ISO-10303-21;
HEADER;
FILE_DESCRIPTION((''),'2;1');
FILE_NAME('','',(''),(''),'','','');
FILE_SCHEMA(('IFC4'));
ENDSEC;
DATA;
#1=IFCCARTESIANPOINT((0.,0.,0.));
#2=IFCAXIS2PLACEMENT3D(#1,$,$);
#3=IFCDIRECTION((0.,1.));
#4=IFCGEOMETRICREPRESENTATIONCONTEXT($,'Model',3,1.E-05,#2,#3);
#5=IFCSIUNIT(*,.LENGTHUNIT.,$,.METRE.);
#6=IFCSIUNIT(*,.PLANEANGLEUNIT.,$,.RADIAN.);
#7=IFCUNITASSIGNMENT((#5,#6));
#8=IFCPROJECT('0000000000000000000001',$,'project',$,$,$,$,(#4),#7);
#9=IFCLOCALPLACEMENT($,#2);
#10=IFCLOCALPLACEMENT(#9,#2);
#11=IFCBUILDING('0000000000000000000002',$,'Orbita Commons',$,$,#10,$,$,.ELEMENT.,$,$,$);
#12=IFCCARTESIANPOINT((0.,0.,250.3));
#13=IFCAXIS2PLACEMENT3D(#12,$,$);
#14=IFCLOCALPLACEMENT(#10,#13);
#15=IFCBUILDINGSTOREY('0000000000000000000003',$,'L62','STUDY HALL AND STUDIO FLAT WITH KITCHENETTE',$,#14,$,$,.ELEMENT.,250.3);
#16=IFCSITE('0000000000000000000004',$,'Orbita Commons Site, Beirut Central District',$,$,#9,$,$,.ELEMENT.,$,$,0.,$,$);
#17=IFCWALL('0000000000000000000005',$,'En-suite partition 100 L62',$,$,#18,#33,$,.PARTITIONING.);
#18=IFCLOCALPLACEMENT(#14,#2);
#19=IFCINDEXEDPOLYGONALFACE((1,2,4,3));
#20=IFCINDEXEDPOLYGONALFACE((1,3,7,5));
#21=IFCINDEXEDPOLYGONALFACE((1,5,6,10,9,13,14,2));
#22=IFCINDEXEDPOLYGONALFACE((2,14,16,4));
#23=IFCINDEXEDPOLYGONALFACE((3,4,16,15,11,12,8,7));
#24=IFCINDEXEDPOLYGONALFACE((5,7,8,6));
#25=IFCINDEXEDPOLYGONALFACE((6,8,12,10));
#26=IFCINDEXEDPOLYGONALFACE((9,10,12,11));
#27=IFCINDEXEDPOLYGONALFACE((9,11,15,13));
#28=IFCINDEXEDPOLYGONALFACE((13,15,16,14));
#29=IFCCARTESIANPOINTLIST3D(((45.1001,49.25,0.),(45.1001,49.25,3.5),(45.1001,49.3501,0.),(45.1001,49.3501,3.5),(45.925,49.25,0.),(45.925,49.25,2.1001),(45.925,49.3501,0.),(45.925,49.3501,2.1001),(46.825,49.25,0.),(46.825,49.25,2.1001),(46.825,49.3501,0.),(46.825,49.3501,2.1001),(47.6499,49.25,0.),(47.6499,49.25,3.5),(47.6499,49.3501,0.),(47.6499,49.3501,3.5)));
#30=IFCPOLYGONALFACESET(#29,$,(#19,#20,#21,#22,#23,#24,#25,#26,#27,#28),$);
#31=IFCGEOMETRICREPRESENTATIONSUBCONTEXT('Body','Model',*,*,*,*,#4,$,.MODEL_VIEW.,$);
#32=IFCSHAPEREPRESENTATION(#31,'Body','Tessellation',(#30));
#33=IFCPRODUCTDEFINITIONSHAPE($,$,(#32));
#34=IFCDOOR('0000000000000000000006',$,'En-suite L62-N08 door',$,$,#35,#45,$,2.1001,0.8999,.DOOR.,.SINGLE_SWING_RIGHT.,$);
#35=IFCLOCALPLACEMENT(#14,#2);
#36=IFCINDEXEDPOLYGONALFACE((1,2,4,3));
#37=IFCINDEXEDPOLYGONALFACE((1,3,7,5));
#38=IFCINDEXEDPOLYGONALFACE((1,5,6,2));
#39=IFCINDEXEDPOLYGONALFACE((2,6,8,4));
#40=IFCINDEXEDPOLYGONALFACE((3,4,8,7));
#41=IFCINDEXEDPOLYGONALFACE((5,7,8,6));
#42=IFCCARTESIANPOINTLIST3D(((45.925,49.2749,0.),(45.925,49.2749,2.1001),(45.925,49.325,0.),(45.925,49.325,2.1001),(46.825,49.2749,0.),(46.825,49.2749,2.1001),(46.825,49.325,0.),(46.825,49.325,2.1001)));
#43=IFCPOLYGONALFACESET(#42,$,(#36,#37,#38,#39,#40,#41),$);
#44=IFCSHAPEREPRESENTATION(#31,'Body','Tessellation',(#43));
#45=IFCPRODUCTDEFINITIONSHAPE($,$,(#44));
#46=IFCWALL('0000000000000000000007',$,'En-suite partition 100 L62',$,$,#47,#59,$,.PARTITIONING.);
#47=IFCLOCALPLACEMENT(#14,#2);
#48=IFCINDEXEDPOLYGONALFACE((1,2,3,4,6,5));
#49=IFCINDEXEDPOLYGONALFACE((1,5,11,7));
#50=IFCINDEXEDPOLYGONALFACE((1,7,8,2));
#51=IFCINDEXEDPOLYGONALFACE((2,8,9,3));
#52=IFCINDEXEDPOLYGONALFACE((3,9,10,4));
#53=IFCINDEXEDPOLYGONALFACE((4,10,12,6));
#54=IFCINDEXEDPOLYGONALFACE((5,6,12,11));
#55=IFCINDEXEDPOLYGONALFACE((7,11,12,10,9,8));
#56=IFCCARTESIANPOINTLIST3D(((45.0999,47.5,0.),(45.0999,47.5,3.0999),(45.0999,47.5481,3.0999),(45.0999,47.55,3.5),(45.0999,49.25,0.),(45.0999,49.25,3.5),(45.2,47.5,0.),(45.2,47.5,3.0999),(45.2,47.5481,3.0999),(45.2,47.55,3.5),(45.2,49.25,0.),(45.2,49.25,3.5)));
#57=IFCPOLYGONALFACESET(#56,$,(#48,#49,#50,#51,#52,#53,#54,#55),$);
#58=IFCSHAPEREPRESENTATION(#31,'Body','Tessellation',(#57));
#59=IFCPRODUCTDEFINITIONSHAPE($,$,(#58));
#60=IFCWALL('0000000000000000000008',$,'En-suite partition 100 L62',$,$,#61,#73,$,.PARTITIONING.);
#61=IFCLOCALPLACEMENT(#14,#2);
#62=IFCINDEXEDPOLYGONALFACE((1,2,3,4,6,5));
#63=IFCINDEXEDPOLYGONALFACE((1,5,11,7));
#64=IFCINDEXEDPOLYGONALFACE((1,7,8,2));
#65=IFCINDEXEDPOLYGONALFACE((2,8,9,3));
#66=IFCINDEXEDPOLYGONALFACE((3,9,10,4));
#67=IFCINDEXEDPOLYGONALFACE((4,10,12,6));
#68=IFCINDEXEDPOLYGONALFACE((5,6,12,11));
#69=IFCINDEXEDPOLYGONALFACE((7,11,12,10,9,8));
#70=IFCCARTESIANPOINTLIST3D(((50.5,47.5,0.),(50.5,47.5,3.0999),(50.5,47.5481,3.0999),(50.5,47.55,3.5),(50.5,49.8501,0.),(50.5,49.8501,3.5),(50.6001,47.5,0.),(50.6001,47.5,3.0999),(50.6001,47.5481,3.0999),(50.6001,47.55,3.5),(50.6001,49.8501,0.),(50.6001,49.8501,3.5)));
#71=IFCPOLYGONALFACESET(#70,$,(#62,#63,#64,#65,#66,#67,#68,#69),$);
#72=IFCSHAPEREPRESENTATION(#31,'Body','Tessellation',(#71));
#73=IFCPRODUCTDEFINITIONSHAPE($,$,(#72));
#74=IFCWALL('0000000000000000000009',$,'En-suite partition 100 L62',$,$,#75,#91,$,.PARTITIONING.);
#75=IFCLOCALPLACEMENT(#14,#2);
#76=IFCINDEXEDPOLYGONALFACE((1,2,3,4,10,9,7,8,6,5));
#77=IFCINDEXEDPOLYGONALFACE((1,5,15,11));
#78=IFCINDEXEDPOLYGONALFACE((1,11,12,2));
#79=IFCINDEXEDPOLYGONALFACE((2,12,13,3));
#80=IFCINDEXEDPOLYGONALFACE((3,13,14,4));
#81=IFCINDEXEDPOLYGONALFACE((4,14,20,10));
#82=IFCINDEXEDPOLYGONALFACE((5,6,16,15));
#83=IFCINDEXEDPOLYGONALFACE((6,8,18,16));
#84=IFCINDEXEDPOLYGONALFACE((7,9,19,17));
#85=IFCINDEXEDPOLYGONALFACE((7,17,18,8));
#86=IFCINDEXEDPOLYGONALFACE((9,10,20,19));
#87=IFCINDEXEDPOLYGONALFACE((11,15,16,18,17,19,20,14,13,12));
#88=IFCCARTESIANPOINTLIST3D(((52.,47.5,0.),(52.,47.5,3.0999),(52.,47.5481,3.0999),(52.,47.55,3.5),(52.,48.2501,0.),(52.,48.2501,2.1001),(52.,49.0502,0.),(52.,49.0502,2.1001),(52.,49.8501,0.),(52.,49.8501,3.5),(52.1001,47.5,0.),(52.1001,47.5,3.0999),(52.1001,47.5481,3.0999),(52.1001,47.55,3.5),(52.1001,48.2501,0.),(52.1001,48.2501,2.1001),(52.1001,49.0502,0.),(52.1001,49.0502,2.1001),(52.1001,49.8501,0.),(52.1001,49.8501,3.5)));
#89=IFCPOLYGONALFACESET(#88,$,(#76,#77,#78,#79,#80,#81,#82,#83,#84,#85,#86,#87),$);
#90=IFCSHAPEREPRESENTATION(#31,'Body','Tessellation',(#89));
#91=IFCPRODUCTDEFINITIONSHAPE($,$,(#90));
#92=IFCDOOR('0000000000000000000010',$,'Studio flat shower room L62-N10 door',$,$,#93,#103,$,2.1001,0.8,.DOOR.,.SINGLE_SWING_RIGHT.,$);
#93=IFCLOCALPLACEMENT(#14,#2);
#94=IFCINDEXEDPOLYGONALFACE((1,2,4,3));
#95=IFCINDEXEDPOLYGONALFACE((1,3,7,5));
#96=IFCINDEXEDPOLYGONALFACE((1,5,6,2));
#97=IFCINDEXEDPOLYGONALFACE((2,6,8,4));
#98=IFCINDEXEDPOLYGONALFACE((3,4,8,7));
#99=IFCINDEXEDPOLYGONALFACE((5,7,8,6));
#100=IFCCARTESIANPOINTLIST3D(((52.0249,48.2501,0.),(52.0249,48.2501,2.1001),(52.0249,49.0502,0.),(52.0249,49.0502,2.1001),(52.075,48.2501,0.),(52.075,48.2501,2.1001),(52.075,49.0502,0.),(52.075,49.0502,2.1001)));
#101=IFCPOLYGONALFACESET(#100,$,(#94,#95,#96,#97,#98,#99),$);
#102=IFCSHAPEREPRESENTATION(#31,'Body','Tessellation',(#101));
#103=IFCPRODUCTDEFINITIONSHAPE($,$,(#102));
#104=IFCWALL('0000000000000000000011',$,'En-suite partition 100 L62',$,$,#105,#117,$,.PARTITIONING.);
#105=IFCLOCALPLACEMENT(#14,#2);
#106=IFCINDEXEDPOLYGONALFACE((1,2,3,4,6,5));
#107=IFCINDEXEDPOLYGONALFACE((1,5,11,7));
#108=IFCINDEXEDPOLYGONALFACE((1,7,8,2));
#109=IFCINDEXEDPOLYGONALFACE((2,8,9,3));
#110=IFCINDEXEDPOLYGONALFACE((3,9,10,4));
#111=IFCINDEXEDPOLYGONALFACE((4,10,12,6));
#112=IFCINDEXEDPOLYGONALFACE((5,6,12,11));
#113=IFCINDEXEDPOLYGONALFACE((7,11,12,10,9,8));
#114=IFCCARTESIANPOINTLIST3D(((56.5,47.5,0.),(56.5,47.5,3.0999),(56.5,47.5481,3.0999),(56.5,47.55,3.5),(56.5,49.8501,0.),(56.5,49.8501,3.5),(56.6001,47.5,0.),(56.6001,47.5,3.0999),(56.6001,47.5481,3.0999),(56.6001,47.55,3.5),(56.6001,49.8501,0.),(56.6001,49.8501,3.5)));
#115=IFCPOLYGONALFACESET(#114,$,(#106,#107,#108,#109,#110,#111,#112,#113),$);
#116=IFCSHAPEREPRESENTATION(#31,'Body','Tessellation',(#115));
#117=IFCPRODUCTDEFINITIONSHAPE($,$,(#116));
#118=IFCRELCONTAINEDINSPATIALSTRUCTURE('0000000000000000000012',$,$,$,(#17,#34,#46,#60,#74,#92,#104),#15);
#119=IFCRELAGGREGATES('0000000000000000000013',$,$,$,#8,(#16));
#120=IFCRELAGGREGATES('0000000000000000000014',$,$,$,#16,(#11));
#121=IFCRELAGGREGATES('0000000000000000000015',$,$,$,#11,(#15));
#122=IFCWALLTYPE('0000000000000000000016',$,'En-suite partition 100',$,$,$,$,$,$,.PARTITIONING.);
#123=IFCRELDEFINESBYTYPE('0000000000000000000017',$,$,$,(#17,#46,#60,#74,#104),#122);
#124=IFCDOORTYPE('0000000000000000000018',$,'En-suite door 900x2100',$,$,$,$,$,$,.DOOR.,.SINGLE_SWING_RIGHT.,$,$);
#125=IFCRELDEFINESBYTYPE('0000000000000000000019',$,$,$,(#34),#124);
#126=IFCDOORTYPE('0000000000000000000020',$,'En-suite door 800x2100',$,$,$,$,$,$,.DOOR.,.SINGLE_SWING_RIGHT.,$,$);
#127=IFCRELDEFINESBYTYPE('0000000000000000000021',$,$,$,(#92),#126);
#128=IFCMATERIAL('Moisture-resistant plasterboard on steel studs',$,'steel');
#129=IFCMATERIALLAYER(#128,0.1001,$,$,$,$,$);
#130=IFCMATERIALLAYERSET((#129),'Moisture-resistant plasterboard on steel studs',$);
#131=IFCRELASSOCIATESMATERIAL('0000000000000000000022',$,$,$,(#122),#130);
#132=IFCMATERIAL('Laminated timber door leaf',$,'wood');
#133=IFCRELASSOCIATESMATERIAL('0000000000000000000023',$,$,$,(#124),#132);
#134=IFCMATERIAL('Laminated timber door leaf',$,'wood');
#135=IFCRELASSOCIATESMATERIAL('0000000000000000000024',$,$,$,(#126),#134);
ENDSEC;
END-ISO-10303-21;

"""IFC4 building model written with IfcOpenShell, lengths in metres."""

from ifc_helpers import new_model, si_unit, direction, frame, frame_2d, origin, place, context, subcontext, project, spatial, polyline, rectangle, outline, extrude, material, layer, layer_set, type_object, element, fill, save


model = new_model("IFC4")

# Units and contexts
model_context = context("Model", 3, precision=1e-05, world=origin(), true_north=direction((0.0, 1.0)))
body_context = subcontext(model_context, "Body", "Model", "MODEL_VIEW")
ifc_project = project(units=[si_unit("LENGTHUNIT", "METRE"), si_unit("PLANEANGLEUNIT", "RADIAN")], contexts=[model_context])

# Site, building, storey
site_placement = place(None, origin())
site = spatial("IfcSite", under=ifc_project, at=site_placement, Name="Orbita Commons Site, Beirut Central District", CompositionType="ELEMENT", RefElevation=0.0)
building_placement = place(site_placement, origin())
building = spatial("IfcBuilding", under=site, at=building_placement, Name="Orbita Commons", CompositionType="ELEMENT")
storey_placement = place(building_placement, frame((0.0, 0.0, 250.3)))
storey = spatial("IfcBuildingStorey", under=building, at=storey_placement, Name="L62", Description="STUDY HALL AND STUDIO FLAT WITH KITCHENETTE", CompositionType="ELEMENT", Elevation=250.3)

# Wall, opening, door
ifc_material_1 = material(Name="Moisture-resistant plasterboard on steel studs", Category="steel")
ifc_layer_1 = layer(ifc_material_1, 0.1001)
ifc_layer_set_1 = layer_set([ifc_layer_1], Name="Moisture-resistant plasterboard on steel studs")
wall_type_1 = type_object("IfcWallType", Name="En-suite partition 100", PredefinedType="PARTITIONING", material=ifc_layer_set_1)
wall_1_placement = place(storey_placement, frame((45.1001, 49.3, 0.0), z_axis=(0.0, 0.0, 1.0), x_axis=(1.0, 0.0, 0.0)))
wall_1 = element("IfcWall", 1, at=wall_1_placement, inside=storey, type_object=wall_type_1, Name="En-suite partition 100 L62", PredefinedType="PARTITIONING", context=body_context, shape_type="SweptSolid", body=[
    extrude(rectangle(XDim=2.5498, YDim=0.1001, at=frame_2d((1.2749, 0.0))), origin(), (0.0, 0.0, 1.0), 3.5),
])
opening_1_placement = place(wall_1_placement, frame((0.825, 0.0, 0.0)))
opening_1 = element("IfcOpeningElement", 2, at=opening_1_placement, cuts=wall_1, PredefinedType="OPENING", context=body_context, shape_type="SweptSolid", body=[
    extrude(rectangle(XDim=0.8999, YDim=2.1001, at=frame_2d((0.45, 1.05))), frame((0.0, 0.0601, 0.0), z_axis=(0.0, -1.0, 0.0), x_axis=(1.0, 0.0, 0.0)), (0.0, 0.0, 1.0), 0.1201),
])
ifc_material_2 = material(Name="Laminated timber door leaf", Category="wood")
door_type_1 = type_object("IfcDoorType", Name="En-suite door 900x2100", OperationType="SINGLE_SWING_RIGHT", PredefinedType="DOOR", material=ifc_material_2)
door_1_placement = place(opening_1_placement, origin())
door_1 = element("IfcDoor", 3, at=door_1_placement, inside=storey, type_object=door_type_1, Name="En-suite L62-N08 door", OperationType="SINGLE_SWING_RIGHT", OverallHeight=2.1001, OverallWidth=0.8999, PredefinedType="DOOR", context=body_context, shape_type="SweptSolid", body=[
    extrude(rectangle(XDim=0.8999, YDim=2.1001, at=frame_2d((0.45, 1.05))), frame((0.0, 0.0249, 0.0), z_axis=(0.0, -1.0, 0.0), x_axis=(1.0, 0.0, 0.0)), (0.0, 0.0, 1.0), 0.05),
])
fill(opening_1, door_1)

# Walls
wall_2_placement = place(storey_placement, frame((45.1499, 49.25, 0.0), z_axis=(0.0, 0.0, 1.0), x_axis=(0.0, -1.0, 0.0)))
element("IfcWall", 4, at=wall_2_placement, inside=storey, type_object=wall_type_1, Name="En-suite partition 100 L62", PredefinedType="PARTITIONING", context=body_context, shape_type="SweptSolid", body=[
    extrude(outline(polyline([(0.0, 0.0), (1.75, 0.0), (1.75, 3.0999), (1.7019, 3.0999), (1.7, 3.5), (0.0, 3.5), (0.0, 0.0)])), frame((0.0, 0.05, 0.0), z_axis=(0.0, -1.0, 0.0), x_axis=(1.0, 0.0, 0.0)), (0.0, 0.0, 1.0), 0.1001),
])
wall_3_placement = place(storey_placement, frame((50.55, 49.8501, 0.0), z_axis=(0.0, 0.0, 1.0), x_axis=(0.0, -1.0, 0.0)))
element("IfcWall", 5, at=wall_3_placement, inside=storey, type_object=wall_type_1, Name="En-suite partition 100 L62", PredefinedType="PARTITIONING", context=body_context, shape_type="SweptSolid", body=[
    extrude(outline(polyline([(0.0, 0.0), (2.3501, 0.0), (2.3501, 3.0999), (2.302, 3.0999), (2.3, 3.5), (0.0, 3.5), (0.0, 0.0)])), frame((0.0, 0.05, 0.0), z_axis=(0.0, -1.0, 0.0), x_axis=(1.0, 0.0, 0.0)), (0.0, 0.0, 1.0), 0.1001),
])

# Wall, opening, door
wall_4_placement = place(storey_placement, frame((52.05, 49.8501, 0.0), z_axis=(0.0, 0.0, 1.0), x_axis=(0.0, -1.0, 0.0)))
wall_4 = element("IfcWall", 6, at=wall_4_placement, inside=storey, type_object=wall_type_1, Name="En-suite partition 100 L62", PredefinedType="PARTITIONING", context=body_context, shape_type="SweptSolid", body=[
    extrude(outline(polyline([(0.0, 0.0), (2.3501, 0.0), (2.3501, 3.0999), (2.302, 3.0999), (2.3, 3.5), (0.0, 3.5), (0.0, 0.0)])), frame((0.0, 0.05, 0.0), z_axis=(0.0, -1.0, 0.0), x_axis=(1.0, 0.0, 0.0)), (0.0, 0.0, 1.0), 0.1001),
])
opening_2_placement = place(wall_4_placement, frame((0.8, 0.0, 0.0)))
opening_2 = element("IfcOpeningElement", 7, at=opening_2_placement, cuts=wall_4, PredefinedType="OPENING", context=body_context, shape_type="SweptSolid", body=[
    extrude(rectangle(XDim=0.8, YDim=2.1001, at=frame_2d((0.3999, 1.05))), frame((0.0, 0.0601, 0.0), z_axis=(0.0, -1.0, 0.0), x_axis=(1.0, 0.0, 0.0)), (0.0, 0.0, 1.0), 0.1201),
])
ifc_material_3 = material(Name="Laminated timber door leaf", Category="wood")
door_type_2 = type_object("IfcDoorType", Name="En-suite door 800x2100", OperationType="SINGLE_SWING_RIGHT", PredefinedType="DOOR", material=ifc_material_3)
door_2_placement = place(opening_2_placement, origin())
door_2 = element("IfcDoor", 8, at=door_2_placement, inside=storey, type_object=door_type_2, Name="Studio flat shower room L62-N10 door", OperationType="SINGLE_SWING_RIGHT", OverallHeight=2.1001, OverallWidth=0.8, PredefinedType="DOOR", context=body_context, shape_type="SweptSolid", body=[
    extrude(rectangle(XDim=0.8, YDim=2.1001, at=frame_2d((0.3999, 1.05))), frame((0.0, 0.0249, 0.0), z_axis=(0.0, -1.0, 0.0), x_axis=(1.0, 0.0, 0.0)), (0.0, 0.0, 1.0), 0.05),
])
fill(opening_2, door_2)

# Wall
wall_5_placement = place(storey_placement, frame((56.55, 49.8501, 0.0), z_axis=(0.0, 0.0, 1.0), x_axis=(0.0, -1.0, 0.0)))
element("IfcWall", 9, at=wall_5_placement, inside=storey, type_object=wall_type_1, Name="En-suite partition 100 L62", PredefinedType="PARTITIONING", context=body_context, shape_type="SweptSolid", body=[
    extrude(outline(polyline([(0.0, 0.0), (2.3501, 0.0), (2.3501, 3.0999), (2.302, 3.0999), (2.3, 3.5), (0.0, 3.5), (0.0, 0.0)])), frame((0.0, 0.05, 0.0), z_axis=(0.0, -1.0, 0.0), x_axis=(1.0, 0.0, 0.0)), (0.0, 0.0, 1.0), 0.1001),
])

save(model, "model.ifc")
